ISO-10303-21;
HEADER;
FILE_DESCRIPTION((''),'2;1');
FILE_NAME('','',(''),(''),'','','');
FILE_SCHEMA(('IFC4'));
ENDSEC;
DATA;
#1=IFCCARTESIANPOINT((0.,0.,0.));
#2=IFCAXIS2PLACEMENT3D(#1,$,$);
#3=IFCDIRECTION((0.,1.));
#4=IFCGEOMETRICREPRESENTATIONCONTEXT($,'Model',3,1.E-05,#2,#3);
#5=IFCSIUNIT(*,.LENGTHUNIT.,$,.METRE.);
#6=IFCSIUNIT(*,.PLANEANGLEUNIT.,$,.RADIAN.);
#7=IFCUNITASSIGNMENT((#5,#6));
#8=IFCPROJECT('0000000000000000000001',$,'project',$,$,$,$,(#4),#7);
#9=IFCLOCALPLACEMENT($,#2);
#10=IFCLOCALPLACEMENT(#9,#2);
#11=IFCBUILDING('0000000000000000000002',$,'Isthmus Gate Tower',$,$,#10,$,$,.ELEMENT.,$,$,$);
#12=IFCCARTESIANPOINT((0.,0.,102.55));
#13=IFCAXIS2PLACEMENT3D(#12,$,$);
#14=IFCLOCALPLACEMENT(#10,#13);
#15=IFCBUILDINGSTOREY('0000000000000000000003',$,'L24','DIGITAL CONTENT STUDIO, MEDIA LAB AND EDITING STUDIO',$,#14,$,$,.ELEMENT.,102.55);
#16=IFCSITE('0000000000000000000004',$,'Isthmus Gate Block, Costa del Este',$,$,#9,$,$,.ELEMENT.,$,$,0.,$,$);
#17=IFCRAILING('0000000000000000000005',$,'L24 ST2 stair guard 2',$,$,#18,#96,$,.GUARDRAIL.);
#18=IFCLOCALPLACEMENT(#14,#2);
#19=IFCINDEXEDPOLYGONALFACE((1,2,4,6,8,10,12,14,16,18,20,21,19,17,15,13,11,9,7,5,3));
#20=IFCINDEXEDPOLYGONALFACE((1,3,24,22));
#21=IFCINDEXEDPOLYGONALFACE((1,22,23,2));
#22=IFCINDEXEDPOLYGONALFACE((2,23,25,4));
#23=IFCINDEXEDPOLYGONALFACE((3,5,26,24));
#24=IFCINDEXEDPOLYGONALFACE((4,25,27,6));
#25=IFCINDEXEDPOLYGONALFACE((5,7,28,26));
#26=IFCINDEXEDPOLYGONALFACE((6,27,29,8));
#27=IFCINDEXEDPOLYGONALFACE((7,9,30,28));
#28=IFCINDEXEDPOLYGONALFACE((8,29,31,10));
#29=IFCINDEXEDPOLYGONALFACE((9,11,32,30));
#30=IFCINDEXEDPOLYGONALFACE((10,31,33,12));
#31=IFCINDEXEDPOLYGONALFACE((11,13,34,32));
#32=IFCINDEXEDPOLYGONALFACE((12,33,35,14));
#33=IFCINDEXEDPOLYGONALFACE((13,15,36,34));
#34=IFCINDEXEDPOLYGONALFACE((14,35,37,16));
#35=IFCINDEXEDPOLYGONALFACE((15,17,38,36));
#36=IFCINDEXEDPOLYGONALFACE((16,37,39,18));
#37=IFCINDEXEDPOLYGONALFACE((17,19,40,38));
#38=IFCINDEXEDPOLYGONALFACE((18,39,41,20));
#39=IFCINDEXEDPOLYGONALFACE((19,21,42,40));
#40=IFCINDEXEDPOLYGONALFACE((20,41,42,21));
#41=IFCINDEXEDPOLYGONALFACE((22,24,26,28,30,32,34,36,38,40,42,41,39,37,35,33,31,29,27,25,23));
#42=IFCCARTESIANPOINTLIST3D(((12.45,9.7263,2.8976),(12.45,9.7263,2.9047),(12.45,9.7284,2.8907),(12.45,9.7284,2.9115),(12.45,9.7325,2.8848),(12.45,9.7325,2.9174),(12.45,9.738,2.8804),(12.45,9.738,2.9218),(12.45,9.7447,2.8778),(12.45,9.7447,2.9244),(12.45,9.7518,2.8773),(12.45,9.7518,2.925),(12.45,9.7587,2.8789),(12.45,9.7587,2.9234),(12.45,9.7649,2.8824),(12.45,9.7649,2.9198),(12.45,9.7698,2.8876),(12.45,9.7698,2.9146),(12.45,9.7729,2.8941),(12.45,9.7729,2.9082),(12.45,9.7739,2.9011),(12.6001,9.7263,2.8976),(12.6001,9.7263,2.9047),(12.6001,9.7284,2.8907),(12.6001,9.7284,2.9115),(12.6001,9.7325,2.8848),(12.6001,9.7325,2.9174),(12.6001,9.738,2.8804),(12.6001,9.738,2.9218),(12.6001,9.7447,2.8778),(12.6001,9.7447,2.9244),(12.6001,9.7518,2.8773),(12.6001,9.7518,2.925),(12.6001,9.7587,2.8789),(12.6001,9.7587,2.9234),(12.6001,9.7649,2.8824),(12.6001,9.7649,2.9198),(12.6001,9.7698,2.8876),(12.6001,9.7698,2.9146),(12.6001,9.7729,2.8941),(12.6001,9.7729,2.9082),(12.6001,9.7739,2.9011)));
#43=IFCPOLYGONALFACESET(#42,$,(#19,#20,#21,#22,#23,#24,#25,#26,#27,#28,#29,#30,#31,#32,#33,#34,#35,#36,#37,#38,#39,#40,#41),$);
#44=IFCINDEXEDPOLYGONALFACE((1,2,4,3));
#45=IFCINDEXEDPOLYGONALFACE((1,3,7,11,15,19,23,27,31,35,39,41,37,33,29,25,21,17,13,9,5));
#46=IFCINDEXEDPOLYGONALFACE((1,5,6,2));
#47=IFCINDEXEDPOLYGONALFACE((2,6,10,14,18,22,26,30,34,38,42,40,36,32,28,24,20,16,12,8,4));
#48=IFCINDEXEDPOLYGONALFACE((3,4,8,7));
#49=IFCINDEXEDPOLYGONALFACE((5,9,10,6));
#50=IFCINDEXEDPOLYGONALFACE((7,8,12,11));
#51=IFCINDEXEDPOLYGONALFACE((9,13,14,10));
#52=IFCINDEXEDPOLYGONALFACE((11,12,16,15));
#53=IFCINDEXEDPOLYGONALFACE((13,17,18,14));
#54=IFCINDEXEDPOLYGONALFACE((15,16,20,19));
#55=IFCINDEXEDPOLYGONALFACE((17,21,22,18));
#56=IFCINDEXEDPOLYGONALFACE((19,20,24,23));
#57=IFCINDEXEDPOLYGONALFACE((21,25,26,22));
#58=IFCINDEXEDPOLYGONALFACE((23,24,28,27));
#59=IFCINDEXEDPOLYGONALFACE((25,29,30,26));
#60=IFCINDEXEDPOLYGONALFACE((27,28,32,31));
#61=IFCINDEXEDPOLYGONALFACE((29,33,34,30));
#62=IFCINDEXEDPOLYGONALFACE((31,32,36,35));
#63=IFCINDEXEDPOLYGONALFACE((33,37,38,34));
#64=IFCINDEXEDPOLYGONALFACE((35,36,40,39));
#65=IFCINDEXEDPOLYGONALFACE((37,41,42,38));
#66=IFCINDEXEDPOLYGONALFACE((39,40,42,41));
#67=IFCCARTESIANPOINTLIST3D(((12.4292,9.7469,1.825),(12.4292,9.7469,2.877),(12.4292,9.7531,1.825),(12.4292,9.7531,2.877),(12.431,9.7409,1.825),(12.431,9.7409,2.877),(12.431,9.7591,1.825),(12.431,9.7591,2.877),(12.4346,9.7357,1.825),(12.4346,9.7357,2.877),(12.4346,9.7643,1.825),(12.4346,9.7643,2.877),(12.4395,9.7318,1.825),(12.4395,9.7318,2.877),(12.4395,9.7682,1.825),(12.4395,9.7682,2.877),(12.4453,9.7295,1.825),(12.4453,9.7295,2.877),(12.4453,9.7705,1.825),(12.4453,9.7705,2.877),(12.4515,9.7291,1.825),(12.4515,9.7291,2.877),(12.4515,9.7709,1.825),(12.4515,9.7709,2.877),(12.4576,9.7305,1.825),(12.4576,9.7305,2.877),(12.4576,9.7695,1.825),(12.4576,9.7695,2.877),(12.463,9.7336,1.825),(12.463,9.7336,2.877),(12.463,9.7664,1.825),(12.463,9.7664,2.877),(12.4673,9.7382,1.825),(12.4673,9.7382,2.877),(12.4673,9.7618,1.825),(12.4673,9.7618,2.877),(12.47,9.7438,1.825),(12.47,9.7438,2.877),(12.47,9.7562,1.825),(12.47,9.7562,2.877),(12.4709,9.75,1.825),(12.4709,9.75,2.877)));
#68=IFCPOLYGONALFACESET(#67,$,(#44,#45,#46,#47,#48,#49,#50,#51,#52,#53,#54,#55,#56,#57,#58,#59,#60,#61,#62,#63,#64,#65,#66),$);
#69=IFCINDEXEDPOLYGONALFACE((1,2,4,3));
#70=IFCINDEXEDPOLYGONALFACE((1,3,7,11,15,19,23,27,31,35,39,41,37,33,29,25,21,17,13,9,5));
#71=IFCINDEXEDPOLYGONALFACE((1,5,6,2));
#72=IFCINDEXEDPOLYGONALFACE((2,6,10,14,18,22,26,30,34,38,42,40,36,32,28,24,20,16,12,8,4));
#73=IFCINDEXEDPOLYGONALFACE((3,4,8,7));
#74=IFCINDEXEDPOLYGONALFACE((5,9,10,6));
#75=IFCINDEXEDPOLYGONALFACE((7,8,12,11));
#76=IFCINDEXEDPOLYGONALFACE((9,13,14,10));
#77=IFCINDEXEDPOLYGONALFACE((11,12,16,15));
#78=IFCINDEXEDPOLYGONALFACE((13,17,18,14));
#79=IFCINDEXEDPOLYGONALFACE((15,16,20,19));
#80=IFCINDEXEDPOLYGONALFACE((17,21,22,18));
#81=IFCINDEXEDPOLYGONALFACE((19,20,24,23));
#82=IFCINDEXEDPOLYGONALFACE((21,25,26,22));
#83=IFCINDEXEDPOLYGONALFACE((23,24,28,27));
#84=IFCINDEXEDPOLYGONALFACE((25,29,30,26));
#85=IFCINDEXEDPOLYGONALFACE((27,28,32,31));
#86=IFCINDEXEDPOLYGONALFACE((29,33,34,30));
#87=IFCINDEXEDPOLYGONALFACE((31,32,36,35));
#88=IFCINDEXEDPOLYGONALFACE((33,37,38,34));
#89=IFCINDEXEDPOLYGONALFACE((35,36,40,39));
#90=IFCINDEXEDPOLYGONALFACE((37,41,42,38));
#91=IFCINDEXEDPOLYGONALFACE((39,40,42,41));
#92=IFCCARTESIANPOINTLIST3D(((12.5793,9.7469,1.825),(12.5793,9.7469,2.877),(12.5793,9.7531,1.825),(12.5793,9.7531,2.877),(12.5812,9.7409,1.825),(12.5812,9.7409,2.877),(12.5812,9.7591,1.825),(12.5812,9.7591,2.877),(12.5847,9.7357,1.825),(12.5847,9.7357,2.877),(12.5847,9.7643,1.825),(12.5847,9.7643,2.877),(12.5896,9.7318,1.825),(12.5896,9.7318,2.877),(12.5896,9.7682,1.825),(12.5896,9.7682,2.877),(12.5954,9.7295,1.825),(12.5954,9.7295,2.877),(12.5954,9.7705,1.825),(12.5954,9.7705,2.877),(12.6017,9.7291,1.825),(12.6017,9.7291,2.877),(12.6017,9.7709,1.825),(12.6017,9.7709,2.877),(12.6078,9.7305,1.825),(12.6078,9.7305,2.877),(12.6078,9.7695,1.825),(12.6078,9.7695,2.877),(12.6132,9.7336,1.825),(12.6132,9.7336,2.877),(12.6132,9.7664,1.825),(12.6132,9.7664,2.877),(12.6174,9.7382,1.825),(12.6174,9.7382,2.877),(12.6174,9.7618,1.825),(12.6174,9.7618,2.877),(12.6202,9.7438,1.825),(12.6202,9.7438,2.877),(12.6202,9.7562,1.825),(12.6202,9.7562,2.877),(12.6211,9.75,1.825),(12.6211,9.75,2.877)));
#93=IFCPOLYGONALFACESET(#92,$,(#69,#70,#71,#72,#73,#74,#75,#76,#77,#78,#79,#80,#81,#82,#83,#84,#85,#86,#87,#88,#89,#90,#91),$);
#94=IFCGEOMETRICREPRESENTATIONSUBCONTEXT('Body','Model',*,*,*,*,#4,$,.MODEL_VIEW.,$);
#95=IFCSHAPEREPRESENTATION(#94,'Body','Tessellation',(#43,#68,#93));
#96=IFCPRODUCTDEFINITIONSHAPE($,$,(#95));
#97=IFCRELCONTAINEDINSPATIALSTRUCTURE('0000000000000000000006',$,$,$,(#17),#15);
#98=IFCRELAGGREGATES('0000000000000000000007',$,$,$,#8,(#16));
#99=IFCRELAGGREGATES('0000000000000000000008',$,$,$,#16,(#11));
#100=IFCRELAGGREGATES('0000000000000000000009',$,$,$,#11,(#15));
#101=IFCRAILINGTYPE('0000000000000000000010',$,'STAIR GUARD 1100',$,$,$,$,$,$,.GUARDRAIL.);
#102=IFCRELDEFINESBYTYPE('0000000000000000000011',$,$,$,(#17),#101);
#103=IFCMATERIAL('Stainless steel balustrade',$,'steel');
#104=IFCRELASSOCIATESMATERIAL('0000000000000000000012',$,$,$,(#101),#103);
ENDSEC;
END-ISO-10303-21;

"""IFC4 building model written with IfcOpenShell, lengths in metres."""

from ifc_helpers import new_model, si_unit, direction, frame, origin, origin_2d, place, context, subcontext, project, spatial, circle, extrude, material, type_object, element, save


model = new_model("IFC4")

# Units and contexts
model_context = context("Model", 3, precision=1e-05, world=origin(), true_north=direction((0.0, 1.0)))
body_context = subcontext(model_context, "Body", "Model", "MODEL_VIEW")
ifc_project = project(units=[si_unit("LENGTHUNIT", "METRE"), si_unit("PLANEANGLEUNIT", "RADIAN")], contexts=[model_context])

# Site, building, storey
site_placement = place(None, origin())
site = spatial("IfcSite", under=ifc_project, at=site_placement, Name="Isthmus Gate Block, Costa del Este", CompositionType="ELEMENT", RefElevation=0.0)
building_placement = place(site_placement, origin())
building = spatial("IfcBuilding", under=site, at=building_placement, Name="Isthmus Gate Tower", CompositionType="ELEMENT")
storey_placement = place(building_placement, frame((0.0, 0.0, 102.55)))
storey = spatial("IfcBuildingStorey", under=building, at=storey_placement, Name="L24", Description="DIGITAL CONTENT STUDIO, MEDIA LAB AND EDITING STUDIO", CompositionType="ELEMENT", Elevation=102.55)

# Railing
ifc_material_1 = material(Name="Stainless steel balustrade", Category="steel")
railing_type_1 = type_object("IfcRailingType", Name="STAIR GUARD 1100", PredefinedType="GUARDRAIL", material=ifc_material_1)
railing_1_placement = place(storey_placement, frame((12.45, 9.75, 1.825)))
element("IfcRailing", 1, at=railing_1_placement, inside=storey, type_object=railing_type_1, Name="L24 ST2 stair guard 2", PredefinedType="GUARDRAIL", context=body_context, shape_type="SweptSolid", body=[
    extrude(circle(Radius=0.0239, at=origin_2d()), frame((0.0, 0.0, 1.0762), z_axis=(1.0, 0.0, 0.0), x_axis=(0.0, 1.0, 0.0)), (0.0, 0.0, 1.0), 0.1501),
    extrude(circle(Radius=0.021, at=origin_2d()), origin(), (0.0, 0.0, 1.0), 1.052),
    extrude(circle(Radius=0.021, at=origin_2d()), frame((0.1501, 0.0, 0.0)), (0.0, 0.0, 1.0), 1.052),
])

save(model, "model.ifc")
